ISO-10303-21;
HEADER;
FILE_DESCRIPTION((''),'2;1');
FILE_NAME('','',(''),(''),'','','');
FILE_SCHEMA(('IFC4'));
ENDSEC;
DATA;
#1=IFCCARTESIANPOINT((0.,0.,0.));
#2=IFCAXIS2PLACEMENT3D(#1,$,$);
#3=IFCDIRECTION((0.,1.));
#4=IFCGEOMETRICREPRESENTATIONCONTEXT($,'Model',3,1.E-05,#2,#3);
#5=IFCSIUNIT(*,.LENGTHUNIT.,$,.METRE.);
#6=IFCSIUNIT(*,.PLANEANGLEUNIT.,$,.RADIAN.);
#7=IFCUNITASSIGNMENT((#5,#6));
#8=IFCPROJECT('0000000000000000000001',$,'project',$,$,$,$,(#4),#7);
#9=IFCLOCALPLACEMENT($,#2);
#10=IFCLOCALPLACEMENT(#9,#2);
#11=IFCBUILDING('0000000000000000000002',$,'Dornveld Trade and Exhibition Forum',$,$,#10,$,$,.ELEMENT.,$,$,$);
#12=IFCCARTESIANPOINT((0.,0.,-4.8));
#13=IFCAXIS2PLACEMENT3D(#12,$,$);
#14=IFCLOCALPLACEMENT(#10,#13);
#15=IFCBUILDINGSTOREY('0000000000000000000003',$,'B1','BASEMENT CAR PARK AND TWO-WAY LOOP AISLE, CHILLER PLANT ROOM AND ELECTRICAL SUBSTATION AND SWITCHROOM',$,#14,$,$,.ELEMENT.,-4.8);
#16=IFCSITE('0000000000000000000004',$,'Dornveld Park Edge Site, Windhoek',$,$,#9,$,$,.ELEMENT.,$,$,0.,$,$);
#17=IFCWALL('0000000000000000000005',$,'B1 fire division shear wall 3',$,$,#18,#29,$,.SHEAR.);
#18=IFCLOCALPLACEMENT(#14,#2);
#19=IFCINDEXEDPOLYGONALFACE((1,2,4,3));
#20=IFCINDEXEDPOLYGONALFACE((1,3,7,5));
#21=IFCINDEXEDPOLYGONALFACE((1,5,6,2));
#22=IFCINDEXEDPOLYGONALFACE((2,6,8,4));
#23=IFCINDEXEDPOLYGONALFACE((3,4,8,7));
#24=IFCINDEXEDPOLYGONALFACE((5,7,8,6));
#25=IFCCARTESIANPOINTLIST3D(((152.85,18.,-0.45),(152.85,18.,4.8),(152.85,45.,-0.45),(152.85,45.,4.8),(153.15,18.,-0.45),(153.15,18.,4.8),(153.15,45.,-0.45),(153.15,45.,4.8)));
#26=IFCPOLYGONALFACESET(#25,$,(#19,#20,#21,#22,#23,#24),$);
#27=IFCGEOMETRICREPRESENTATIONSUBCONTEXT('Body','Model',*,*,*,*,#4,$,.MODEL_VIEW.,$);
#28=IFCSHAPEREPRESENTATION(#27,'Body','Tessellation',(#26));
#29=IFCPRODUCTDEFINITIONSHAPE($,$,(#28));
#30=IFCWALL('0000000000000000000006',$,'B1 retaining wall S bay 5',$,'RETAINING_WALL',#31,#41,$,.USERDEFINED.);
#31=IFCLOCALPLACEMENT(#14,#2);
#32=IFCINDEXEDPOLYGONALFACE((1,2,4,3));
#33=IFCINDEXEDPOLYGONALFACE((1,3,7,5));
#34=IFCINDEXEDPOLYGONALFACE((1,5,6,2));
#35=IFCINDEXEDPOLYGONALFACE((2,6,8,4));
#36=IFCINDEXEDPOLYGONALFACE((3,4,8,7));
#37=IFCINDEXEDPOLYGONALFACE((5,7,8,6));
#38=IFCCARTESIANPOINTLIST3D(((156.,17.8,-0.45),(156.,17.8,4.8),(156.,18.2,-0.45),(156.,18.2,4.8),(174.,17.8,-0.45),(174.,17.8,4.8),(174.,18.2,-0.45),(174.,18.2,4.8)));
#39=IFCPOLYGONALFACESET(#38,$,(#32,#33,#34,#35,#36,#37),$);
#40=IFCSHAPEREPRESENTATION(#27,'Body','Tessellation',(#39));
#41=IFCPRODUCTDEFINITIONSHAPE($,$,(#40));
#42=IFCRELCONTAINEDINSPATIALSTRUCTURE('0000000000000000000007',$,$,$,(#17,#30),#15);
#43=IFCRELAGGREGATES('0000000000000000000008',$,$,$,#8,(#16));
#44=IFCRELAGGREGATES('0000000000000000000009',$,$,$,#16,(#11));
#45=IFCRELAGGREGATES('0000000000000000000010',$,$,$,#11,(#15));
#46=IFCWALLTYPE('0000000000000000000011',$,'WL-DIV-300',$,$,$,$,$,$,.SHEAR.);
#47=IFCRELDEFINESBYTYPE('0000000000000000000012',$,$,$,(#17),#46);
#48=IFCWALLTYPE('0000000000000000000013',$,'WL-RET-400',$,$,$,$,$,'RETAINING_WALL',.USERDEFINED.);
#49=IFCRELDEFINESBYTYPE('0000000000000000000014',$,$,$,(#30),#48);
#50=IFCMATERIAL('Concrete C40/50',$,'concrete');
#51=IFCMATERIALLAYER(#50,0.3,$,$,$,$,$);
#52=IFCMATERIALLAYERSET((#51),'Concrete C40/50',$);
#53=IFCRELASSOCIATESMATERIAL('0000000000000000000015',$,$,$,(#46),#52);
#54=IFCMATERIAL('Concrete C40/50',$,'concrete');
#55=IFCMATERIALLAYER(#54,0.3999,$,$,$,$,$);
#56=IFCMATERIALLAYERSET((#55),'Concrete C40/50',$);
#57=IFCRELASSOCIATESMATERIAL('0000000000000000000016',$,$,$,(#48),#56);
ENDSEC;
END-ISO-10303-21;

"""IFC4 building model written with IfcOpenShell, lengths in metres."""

from ifc_helpers import new_model, si_unit, direction, frame, frame_2d, origin, place, context, subcontext, project, spatial, rectangle, extrude, material, layer, layer_set, type_object, element, save


model = new_model("IFC4")

# Units and contexts
model_context = context("Model", 3, precision=1e-05, world=origin(), true_north=direction((0.0, 1.0)))
body_context = subcontext(model_context, "Body", "Model", "MODEL_VIEW")
ifc_project = project(units=[si_unit("LENGTHUNIT", "METRE"), si_unit("PLANEANGLEUNIT", "RADIAN")], contexts=[model_context])

# Site, building, storey
site_placement = place(None, origin())
site = spatial("IfcSite", under=ifc_project, at=site_placement, Name="Dornveld Park Edge Site, Windhoek", CompositionType="ELEMENT", RefElevation=0.0)
building_placement = place(site_placement, origin())
building = spatial("IfcBuilding", under=site, at=building_placement, Name="Dornveld Trade and Exhibition Forum", CompositionType="ELEMENT")
storey_placement = place(building_placement, frame((0.0, 0.0, -4.8)))
storey = spatial("IfcBuildingStorey", under=building, at=storey_placement, Name="B1", Description="BASEMENT CAR PARK AND TWO-WAY LOOP AISLE, CHILLER PLANT ROOM AND ELECTRICAL SUBSTATION AND SWITCHROOM", CompositionType="ELEMENT", Elevation=-4.8)

# Walls
ifc_material_1 = material(Name="Concrete C40/50", Category="concrete")
ifc_layer_1 = layer(ifc_material_1, 0.3)
ifc_layer_set_1 = layer_set([ifc_layer_1], Name="Concrete C40/50")
wall_type_1 = type_object("IfcWallType", Name="WL-DIV-300", PredefinedType="SHEAR", material=ifc_layer_set_1)
wall_1_placement = place(storey_placement, frame((153.0, 18.0, -0.45), z_axis=(0.0, 0.0, 1.0), x_axis=(0.0, 1.0, 0.0)))
element("IfcWall", 1, at=wall_1_placement, inside=storey, type_object=wall_type_1, Name="B1 fire division shear wall 3", PredefinedType="SHEAR", context=body_context, shape_type="SweptSolid", body=[
    extrude(rectangle(XDim=27.0, YDim=0.3, at=frame_2d((13.5, 0.0))), origin(), (0.0, 0.0, 1.0), 5.25),
])
ifc_material_2 = material(Name="Concrete C40/50", Category="concrete")
ifc_layer_2 = layer(ifc_material_2, 0.3999)
ifc_layer_set_2 = layer_set([ifc_layer_2], Name="Concrete C40/50")
wall_type_2 = type_object("IfcWallType", Name="WL-RET-400", ElementType="RETAINING_WALL", PredefinedType="USERDEFINED", material=ifc_layer_set_2)
wall_2_placement = place(storey_placement, frame((156.0, 18.0, -0.45), z_axis=(0.0, 0.0, 1.0), x_axis=(1.0, 0.0, 0.0)))
element("IfcWall", 2, at=wall_2_placement, inside=storey, type_object=wall_type_2, Name="B1 retaining wall S bay 5", ObjectType="RETAINING_WALL", PredefinedType="USERDEFINED", context=body_context, shape_type="SweptSolid", body=[
    extrude(rectangle(XDim=18.0, YDim=0.3999, at=frame_2d((9.0, 0.0))), origin(), (0.0, 0.0, 1.0), 5.25),
])

save(model, "model.ifc")
